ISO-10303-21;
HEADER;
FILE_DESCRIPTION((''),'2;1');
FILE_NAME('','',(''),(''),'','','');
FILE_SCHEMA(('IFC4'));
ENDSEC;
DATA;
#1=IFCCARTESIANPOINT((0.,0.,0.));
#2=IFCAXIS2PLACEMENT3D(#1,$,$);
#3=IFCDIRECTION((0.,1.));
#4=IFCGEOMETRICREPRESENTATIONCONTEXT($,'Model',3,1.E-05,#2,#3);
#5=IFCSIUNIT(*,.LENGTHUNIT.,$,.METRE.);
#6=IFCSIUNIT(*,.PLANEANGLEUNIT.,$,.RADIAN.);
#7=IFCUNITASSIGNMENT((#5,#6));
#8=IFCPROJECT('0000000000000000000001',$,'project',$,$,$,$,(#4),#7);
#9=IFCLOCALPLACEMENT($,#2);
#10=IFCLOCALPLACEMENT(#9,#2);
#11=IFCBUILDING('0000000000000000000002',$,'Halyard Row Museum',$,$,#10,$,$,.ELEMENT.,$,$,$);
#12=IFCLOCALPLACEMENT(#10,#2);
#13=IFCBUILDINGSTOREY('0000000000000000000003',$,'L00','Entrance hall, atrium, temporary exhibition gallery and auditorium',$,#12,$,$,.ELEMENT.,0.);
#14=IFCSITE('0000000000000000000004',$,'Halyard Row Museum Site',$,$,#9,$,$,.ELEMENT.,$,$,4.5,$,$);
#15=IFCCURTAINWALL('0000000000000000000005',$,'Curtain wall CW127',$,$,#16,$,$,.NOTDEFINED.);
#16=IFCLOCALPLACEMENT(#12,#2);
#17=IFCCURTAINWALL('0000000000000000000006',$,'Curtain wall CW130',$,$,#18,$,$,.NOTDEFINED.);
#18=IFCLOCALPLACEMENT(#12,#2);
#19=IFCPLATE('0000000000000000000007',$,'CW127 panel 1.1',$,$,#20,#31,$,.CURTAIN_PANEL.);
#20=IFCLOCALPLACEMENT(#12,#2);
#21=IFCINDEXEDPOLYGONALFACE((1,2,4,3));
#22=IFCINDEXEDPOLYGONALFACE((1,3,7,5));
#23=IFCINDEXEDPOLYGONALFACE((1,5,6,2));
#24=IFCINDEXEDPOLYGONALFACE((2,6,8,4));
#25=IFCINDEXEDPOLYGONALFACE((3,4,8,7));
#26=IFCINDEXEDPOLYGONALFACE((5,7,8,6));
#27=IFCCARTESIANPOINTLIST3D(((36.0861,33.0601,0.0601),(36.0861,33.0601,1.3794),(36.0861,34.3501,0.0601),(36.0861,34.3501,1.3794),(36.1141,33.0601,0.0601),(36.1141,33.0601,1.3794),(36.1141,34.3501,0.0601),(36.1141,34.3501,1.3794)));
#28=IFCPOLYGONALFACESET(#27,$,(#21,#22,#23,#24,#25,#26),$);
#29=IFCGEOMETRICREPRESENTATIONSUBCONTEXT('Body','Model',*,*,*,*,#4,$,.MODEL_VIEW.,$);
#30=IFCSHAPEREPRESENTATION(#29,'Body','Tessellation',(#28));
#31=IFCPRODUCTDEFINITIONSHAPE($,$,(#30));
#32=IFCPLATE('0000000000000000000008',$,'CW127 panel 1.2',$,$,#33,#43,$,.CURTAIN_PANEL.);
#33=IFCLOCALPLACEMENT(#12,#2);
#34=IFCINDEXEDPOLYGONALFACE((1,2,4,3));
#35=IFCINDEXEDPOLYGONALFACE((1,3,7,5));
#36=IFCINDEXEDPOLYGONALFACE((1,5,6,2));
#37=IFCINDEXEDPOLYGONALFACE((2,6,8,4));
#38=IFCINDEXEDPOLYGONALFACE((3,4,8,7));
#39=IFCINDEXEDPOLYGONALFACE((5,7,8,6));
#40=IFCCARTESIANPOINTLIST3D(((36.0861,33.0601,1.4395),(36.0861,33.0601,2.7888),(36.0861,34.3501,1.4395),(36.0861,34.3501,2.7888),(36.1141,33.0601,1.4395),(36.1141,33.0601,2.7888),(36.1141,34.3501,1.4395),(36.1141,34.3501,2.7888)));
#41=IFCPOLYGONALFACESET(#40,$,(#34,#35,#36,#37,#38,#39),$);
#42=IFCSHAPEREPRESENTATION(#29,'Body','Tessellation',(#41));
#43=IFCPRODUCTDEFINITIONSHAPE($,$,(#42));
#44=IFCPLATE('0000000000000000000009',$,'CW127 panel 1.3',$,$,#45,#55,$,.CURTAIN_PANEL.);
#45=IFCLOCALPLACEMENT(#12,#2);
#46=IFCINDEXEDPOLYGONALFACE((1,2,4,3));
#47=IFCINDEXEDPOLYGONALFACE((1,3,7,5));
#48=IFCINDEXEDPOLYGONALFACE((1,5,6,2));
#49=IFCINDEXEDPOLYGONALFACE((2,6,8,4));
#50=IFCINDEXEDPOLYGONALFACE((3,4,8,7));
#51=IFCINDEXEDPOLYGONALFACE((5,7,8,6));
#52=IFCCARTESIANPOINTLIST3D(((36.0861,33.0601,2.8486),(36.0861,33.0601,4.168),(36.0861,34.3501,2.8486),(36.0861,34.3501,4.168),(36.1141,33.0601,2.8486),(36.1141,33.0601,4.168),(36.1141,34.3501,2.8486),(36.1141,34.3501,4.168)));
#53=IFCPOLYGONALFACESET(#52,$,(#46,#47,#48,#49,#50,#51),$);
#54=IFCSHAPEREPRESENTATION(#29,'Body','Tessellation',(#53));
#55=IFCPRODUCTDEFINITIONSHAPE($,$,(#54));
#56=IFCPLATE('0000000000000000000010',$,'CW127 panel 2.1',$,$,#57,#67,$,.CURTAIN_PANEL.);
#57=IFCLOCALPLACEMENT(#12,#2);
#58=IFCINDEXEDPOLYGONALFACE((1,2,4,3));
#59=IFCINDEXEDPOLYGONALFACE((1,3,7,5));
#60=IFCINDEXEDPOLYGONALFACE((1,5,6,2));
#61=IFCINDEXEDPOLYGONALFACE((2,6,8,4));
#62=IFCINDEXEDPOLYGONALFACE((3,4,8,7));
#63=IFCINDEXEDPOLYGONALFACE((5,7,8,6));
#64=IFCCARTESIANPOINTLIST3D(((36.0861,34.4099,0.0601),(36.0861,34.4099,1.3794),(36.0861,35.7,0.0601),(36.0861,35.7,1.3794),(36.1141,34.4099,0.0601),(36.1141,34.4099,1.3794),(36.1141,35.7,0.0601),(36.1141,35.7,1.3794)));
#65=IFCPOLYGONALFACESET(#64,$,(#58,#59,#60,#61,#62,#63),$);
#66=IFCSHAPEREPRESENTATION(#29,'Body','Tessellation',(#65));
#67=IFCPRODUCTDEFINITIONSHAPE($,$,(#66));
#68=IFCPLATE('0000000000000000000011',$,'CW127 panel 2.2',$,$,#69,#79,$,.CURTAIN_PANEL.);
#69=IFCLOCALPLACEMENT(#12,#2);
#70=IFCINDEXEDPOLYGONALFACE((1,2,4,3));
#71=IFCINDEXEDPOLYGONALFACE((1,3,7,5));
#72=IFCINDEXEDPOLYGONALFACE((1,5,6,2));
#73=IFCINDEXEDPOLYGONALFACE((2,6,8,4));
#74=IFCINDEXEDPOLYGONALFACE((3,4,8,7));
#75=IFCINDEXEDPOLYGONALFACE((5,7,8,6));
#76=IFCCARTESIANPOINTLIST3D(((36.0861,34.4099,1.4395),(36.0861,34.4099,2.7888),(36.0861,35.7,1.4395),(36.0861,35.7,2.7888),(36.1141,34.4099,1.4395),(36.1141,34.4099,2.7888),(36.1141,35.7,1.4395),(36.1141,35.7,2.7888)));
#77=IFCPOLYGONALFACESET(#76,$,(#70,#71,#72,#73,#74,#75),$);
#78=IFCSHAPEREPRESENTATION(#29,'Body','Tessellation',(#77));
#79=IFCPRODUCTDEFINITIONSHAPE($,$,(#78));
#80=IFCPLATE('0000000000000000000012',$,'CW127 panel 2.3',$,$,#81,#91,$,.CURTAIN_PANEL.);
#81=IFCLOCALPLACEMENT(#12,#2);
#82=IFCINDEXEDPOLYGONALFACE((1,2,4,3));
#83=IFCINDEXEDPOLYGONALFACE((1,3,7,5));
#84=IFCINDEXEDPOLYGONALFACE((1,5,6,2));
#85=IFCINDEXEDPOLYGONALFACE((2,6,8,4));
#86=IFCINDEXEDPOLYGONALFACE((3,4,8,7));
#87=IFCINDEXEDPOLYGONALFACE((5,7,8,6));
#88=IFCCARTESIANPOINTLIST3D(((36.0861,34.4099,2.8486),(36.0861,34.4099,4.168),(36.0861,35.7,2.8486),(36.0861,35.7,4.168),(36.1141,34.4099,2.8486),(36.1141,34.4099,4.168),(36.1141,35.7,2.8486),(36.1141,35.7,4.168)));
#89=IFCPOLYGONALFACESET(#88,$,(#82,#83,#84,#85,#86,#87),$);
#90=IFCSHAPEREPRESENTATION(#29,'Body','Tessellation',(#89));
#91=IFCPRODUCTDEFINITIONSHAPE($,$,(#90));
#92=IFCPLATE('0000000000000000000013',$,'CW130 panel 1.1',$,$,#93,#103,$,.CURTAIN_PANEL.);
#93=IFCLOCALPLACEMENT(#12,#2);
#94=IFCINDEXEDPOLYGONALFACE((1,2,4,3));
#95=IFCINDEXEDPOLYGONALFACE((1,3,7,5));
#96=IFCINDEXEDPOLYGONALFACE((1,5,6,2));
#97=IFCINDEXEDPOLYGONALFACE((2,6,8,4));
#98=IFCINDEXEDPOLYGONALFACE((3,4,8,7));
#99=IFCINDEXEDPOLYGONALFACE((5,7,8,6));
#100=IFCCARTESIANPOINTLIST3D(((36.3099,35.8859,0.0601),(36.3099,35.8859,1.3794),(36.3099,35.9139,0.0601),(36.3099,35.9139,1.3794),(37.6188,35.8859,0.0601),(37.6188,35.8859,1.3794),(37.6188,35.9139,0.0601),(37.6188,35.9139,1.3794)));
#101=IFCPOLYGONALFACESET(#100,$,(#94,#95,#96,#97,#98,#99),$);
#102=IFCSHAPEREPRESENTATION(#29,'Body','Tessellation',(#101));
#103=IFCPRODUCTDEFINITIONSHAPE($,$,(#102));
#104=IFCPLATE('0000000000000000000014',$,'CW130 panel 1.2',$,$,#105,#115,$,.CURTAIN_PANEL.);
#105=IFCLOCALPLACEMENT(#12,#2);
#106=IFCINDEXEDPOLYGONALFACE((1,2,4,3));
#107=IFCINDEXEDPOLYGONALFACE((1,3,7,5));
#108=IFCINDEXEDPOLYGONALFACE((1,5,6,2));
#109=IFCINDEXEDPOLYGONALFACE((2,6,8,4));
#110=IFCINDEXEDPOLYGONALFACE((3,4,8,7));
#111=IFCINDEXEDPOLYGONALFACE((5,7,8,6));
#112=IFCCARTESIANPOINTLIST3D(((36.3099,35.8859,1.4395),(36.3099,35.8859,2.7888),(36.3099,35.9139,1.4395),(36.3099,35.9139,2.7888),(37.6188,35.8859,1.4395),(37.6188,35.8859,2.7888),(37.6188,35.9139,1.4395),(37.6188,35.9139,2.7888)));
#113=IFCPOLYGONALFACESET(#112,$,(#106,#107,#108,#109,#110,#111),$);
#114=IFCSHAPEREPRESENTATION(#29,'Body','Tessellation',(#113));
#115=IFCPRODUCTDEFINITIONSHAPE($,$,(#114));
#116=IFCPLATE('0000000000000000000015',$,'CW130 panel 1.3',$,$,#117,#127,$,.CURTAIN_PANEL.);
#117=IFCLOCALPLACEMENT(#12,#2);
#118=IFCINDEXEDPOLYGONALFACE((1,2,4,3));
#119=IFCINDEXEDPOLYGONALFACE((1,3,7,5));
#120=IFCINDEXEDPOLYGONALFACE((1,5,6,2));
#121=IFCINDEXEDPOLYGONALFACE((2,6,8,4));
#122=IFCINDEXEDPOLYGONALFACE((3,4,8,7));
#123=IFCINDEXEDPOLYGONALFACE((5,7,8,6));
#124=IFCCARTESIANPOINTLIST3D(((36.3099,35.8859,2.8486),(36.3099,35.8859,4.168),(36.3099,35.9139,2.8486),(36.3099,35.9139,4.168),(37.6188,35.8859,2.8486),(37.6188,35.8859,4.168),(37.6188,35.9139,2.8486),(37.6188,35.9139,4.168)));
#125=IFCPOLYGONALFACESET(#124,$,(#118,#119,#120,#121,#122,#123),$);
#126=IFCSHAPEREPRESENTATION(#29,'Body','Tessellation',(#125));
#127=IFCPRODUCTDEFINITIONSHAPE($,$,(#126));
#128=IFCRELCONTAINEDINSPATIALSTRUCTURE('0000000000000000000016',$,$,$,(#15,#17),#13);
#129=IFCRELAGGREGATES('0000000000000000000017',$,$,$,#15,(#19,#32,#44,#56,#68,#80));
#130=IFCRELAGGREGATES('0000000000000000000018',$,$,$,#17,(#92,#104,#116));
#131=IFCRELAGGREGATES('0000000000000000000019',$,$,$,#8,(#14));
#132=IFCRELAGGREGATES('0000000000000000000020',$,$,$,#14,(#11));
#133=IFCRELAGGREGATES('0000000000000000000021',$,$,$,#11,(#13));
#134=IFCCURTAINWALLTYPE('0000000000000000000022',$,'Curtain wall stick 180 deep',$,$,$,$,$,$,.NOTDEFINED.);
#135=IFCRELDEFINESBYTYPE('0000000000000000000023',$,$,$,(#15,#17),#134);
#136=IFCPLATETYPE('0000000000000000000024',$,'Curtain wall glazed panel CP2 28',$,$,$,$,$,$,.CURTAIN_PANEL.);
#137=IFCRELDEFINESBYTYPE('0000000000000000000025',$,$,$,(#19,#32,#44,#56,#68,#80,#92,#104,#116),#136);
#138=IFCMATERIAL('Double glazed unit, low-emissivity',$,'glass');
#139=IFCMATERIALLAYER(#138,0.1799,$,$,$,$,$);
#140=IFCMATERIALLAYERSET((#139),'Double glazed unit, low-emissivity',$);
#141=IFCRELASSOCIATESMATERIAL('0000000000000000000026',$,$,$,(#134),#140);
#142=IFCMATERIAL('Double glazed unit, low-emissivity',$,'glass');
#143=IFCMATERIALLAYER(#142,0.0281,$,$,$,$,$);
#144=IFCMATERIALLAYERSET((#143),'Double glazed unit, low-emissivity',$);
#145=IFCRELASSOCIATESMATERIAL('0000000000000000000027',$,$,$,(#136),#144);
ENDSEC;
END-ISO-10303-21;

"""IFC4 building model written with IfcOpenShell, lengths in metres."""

from ifc_helpers import new_model, si_unit, direction, frame, origin, origin_2d, place, context, subcontext, project, spatial, rectangle, extrude, material, layer, layer_set, type_object, element, aggregate, save


model = new_model("IFC4")

# Units and contexts
model_context = context("Model", 3, precision=1e-05, world=origin(), true_north=direction((0.0, 1.0)))
body_context = subcontext(model_context, "Body", "Model", "MODEL_VIEW")
ifc_project = project(units=[si_unit("LENGTHUNIT", "METRE"), si_unit("PLANEANGLEUNIT", "RADIAN")], contexts=[model_context])

# Site, building, storey
site_placement = place(None, origin())
site = spatial("IfcSite", under=ifc_project, at=site_placement, Name="Halyard Row Museum Site", CompositionType="ELEMENT", RefElevation=4.5)
building_placement = place(site_placement, origin())
building = spatial("IfcBuilding", under=site, at=building_placement, Name="Halyard Row Museum", CompositionType="ELEMENT")
storey_placement = place(building_placement, origin())
storey = spatial("IfcBuildingStorey", under=building, at=storey_placement, Name="L00", Description="Entrance hall, atrium, temporary exhibition gallery and auditorium", CompositionType="ELEMENT", Elevation=0.0)

# Curtain walls
ifc_material_1 = material(Name="Double glazed unit, low-emissivity", Category="glass")
ifc_layer_1 = layer(ifc_material_1, 0.1799)
ifc_layer_set_1 = layer_set([ifc_layer_1], Name="Double glazed unit, low-emissivity")
curtain_wall_type = type_object("IfcCurtainWallType", Name="Curtain wall stick 180 deep", PredefinedType="NOTDEFINED", material=ifc_layer_set_1)
curtain_wall_1_placement = place(storey_placement, origin())
curtain_wall_1 = element("IfcCurtainWall", 1, at=curtain_wall_1_placement, inside=storey, type_object=curtain_wall_type, Name="Curtain wall CW127", PredefinedType="NOTDEFINED")
curtain_wall_2_placement = place(storey_placement, origin())
curtain_wall_2 = element("IfcCurtainWall", 2, at=curtain_wall_2_placement, inside=storey, type_object=curtain_wall_type, Name="Curtain wall CW130", PredefinedType="NOTDEFINED")

# Plates
ifc_material_2 = material(Name="Double glazed unit, low-emissivity", Category="glass")
ifc_layer_2 = layer(ifc_material_2, 0.0281)
ifc_layer_set_2 = layer_set([ifc_layer_2], Name="Double glazed unit, low-emissivity")
plate_type = type_object("IfcPlateType", Name="Curtain wall glazed panel CP2 28", PredefinedType="CURTAIN_PANEL", material=ifc_layer_set_2)
plate_1_placement = place(storey_placement, frame((36.1001, 33.7051, 0.0601), z_axis=(0.0, 0.0, 1.0), x_axis=(0.0, 1.0, 0.0)))
plate_1 = element("IfcPlate", 3, at=plate_1_placement, type_object=plate_type, Name="CW127 panel 1.1", PredefinedType="CURTAIN_PANEL", context=body_context, shape_type="SweptSolid", body=[
    extrude(rectangle(XDim=1.29, YDim=0.0281, at=origin_2d()), origin(), (0.0, 0.0, 1.0), 1.3193),
])
plate_2_placement = place(storey_placement, frame((36.1001, 33.7051, 1.4395), z_axis=(0.0, 0.0, 1.0), x_axis=(0.0, 1.0, 0.0)))
plate_2 = element("IfcPlate", 4, at=plate_2_placement, type_object=plate_type, Name="CW127 panel 1.2", PredefinedType="CURTAIN_PANEL", context=body_context, shape_type="SweptSolid", body=[
    extrude(rectangle(XDim=1.29, YDim=0.0281, at=origin_2d()), origin(), (0.0, 0.0, 1.0), 1.3494),
])
plate_3_placement = place(storey_placement, frame((36.1001, 33.7051, 2.8486), z_axis=(0.0, 0.0, 1.0), x_axis=(0.0, 1.0, 0.0)))
plate_3 = element("IfcPlate", 5, at=plate_3_placement, type_object=plate_type, Name="CW127 panel 1.3", PredefinedType="CURTAIN_PANEL", context=body_context, shape_type="SweptSolid", body=[
    extrude(rectangle(XDim=1.29, YDim=0.0281, at=origin_2d()), origin(), (0.0, 0.0, 1.0), 1.3193),
])
plate_4_placement = place(storey_placement, frame((36.1001, 35.0549, 0.0601), z_axis=(0.0, 0.0, 1.0), x_axis=(0.0, 1.0, 0.0)))
plate_4 = element("IfcPlate", 6, at=plate_4_placement, type_object=plate_type, Name="CW127 panel 2.1", PredefinedType="CURTAIN_PANEL", context=body_context, shape_type="SweptSolid", body=[
    extrude(rectangle(XDim=1.29, YDim=0.0281, at=origin_2d()), origin(), (0.0, 0.0, 1.0), 1.3193),
])
plate_5_placement = place(storey_placement, frame((36.1001, 35.0549, 1.4395), z_axis=(0.0, 0.0, 1.0), x_axis=(0.0, 1.0, 0.0)))
plate_5 = element("IfcPlate", 7, at=plate_5_placement, type_object=plate_type, Name="CW127 panel 2.2", PredefinedType="CURTAIN_PANEL", context=body_context, shape_type="SweptSolid", body=[
    extrude(rectangle(XDim=1.29, YDim=0.0281, at=origin_2d()), origin(), (0.0, 0.0, 1.0), 1.3494),
])
plate_6_placement = place(storey_placement, frame((36.1001, 35.0549, 2.8486), z_axis=(0.0, 0.0, 1.0), x_axis=(0.0, 1.0, 0.0)))
plate_6 = element("IfcPlate", 8, at=plate_6_placement, type_object=plate_type, Name="CW127 panel 2.3", PredefinedType="CURTAIN_PANEL", context=body_context, shape_type="SweptSolid", body=[
    extrude(rectangle(XDim=1.29, YDim=0.0281, at=origin_2d()), origin(), (0.0, 0.0, 1.0), 1.3193),
])
aggregate(curtain_wall_1, [plate_1, plate_2, plate_3, plate_4, plate_5, plate_6])
plate_7_placement = place(storey_placement, frame((36.9644, 35.8999, 0.0601), z_axis=(0.0, 0.0, 1.0), x_axis=(1.0, 0.0, 0.0)))
plate_7 = element("IfcPlate", 9, at=plate_7_placement, type_object=plate_type, Name="CW130 panel 1.1", PredefinedType="CURTAIN_PANEL", context=body_context, shape_type="SweptSolid", body=[
    extrude(rectangle(XDim=1.3088, YDim=0.0281, at=origin_2d()), origin(), (0.0, 0.0, 1.0), 1.3193),
])
plate_8_placement = place(storey_placement, frame((36.9644, 35.8999, 1.4395), z_axis=(0.0, 0.0, 1.0), x_axis=(1.0, 0.0, 0.0)))
plate_8 = element("IfcPlate", 10, at=plate_8_placement, type_object=plate_type, Name="CW130 panel 1.2", PredefinedType="CURTAIN_PANEL", context=body_context, shape_type="SweptSolid", body=[
    extrude(rectangle(XDim=1.3088, YDim=0.0281, at=origin_2d()), origin(), (0.0, 0.0, 1.0), 1.3494),
])
plate_9_placement = place(storey_placement, frame((36.9644, 35.8999, 2.8486), z_axis=(0.0, 0.0, 1.0), x_axis=(1.0, 0.0, 0.0)))
plate_9 = element("IfcPlate", 11, at=plate_9_placement, type_object=plate_type, Name="CW130 panel 1.3", PredefinedType="CURTAIN_PANEL", context=body_context, shape_type="SweptSolid", body=[
    extrude(rectangle(XDim=1.3088, YDim=0.0281, at=origin_2d()), origin(), (0.0, 0.0, 1.0), 1.3193),
])
aggregate(curtain_wall_2, [plate_7, plate_8, plate_9])

save(model, "model.ifc")
